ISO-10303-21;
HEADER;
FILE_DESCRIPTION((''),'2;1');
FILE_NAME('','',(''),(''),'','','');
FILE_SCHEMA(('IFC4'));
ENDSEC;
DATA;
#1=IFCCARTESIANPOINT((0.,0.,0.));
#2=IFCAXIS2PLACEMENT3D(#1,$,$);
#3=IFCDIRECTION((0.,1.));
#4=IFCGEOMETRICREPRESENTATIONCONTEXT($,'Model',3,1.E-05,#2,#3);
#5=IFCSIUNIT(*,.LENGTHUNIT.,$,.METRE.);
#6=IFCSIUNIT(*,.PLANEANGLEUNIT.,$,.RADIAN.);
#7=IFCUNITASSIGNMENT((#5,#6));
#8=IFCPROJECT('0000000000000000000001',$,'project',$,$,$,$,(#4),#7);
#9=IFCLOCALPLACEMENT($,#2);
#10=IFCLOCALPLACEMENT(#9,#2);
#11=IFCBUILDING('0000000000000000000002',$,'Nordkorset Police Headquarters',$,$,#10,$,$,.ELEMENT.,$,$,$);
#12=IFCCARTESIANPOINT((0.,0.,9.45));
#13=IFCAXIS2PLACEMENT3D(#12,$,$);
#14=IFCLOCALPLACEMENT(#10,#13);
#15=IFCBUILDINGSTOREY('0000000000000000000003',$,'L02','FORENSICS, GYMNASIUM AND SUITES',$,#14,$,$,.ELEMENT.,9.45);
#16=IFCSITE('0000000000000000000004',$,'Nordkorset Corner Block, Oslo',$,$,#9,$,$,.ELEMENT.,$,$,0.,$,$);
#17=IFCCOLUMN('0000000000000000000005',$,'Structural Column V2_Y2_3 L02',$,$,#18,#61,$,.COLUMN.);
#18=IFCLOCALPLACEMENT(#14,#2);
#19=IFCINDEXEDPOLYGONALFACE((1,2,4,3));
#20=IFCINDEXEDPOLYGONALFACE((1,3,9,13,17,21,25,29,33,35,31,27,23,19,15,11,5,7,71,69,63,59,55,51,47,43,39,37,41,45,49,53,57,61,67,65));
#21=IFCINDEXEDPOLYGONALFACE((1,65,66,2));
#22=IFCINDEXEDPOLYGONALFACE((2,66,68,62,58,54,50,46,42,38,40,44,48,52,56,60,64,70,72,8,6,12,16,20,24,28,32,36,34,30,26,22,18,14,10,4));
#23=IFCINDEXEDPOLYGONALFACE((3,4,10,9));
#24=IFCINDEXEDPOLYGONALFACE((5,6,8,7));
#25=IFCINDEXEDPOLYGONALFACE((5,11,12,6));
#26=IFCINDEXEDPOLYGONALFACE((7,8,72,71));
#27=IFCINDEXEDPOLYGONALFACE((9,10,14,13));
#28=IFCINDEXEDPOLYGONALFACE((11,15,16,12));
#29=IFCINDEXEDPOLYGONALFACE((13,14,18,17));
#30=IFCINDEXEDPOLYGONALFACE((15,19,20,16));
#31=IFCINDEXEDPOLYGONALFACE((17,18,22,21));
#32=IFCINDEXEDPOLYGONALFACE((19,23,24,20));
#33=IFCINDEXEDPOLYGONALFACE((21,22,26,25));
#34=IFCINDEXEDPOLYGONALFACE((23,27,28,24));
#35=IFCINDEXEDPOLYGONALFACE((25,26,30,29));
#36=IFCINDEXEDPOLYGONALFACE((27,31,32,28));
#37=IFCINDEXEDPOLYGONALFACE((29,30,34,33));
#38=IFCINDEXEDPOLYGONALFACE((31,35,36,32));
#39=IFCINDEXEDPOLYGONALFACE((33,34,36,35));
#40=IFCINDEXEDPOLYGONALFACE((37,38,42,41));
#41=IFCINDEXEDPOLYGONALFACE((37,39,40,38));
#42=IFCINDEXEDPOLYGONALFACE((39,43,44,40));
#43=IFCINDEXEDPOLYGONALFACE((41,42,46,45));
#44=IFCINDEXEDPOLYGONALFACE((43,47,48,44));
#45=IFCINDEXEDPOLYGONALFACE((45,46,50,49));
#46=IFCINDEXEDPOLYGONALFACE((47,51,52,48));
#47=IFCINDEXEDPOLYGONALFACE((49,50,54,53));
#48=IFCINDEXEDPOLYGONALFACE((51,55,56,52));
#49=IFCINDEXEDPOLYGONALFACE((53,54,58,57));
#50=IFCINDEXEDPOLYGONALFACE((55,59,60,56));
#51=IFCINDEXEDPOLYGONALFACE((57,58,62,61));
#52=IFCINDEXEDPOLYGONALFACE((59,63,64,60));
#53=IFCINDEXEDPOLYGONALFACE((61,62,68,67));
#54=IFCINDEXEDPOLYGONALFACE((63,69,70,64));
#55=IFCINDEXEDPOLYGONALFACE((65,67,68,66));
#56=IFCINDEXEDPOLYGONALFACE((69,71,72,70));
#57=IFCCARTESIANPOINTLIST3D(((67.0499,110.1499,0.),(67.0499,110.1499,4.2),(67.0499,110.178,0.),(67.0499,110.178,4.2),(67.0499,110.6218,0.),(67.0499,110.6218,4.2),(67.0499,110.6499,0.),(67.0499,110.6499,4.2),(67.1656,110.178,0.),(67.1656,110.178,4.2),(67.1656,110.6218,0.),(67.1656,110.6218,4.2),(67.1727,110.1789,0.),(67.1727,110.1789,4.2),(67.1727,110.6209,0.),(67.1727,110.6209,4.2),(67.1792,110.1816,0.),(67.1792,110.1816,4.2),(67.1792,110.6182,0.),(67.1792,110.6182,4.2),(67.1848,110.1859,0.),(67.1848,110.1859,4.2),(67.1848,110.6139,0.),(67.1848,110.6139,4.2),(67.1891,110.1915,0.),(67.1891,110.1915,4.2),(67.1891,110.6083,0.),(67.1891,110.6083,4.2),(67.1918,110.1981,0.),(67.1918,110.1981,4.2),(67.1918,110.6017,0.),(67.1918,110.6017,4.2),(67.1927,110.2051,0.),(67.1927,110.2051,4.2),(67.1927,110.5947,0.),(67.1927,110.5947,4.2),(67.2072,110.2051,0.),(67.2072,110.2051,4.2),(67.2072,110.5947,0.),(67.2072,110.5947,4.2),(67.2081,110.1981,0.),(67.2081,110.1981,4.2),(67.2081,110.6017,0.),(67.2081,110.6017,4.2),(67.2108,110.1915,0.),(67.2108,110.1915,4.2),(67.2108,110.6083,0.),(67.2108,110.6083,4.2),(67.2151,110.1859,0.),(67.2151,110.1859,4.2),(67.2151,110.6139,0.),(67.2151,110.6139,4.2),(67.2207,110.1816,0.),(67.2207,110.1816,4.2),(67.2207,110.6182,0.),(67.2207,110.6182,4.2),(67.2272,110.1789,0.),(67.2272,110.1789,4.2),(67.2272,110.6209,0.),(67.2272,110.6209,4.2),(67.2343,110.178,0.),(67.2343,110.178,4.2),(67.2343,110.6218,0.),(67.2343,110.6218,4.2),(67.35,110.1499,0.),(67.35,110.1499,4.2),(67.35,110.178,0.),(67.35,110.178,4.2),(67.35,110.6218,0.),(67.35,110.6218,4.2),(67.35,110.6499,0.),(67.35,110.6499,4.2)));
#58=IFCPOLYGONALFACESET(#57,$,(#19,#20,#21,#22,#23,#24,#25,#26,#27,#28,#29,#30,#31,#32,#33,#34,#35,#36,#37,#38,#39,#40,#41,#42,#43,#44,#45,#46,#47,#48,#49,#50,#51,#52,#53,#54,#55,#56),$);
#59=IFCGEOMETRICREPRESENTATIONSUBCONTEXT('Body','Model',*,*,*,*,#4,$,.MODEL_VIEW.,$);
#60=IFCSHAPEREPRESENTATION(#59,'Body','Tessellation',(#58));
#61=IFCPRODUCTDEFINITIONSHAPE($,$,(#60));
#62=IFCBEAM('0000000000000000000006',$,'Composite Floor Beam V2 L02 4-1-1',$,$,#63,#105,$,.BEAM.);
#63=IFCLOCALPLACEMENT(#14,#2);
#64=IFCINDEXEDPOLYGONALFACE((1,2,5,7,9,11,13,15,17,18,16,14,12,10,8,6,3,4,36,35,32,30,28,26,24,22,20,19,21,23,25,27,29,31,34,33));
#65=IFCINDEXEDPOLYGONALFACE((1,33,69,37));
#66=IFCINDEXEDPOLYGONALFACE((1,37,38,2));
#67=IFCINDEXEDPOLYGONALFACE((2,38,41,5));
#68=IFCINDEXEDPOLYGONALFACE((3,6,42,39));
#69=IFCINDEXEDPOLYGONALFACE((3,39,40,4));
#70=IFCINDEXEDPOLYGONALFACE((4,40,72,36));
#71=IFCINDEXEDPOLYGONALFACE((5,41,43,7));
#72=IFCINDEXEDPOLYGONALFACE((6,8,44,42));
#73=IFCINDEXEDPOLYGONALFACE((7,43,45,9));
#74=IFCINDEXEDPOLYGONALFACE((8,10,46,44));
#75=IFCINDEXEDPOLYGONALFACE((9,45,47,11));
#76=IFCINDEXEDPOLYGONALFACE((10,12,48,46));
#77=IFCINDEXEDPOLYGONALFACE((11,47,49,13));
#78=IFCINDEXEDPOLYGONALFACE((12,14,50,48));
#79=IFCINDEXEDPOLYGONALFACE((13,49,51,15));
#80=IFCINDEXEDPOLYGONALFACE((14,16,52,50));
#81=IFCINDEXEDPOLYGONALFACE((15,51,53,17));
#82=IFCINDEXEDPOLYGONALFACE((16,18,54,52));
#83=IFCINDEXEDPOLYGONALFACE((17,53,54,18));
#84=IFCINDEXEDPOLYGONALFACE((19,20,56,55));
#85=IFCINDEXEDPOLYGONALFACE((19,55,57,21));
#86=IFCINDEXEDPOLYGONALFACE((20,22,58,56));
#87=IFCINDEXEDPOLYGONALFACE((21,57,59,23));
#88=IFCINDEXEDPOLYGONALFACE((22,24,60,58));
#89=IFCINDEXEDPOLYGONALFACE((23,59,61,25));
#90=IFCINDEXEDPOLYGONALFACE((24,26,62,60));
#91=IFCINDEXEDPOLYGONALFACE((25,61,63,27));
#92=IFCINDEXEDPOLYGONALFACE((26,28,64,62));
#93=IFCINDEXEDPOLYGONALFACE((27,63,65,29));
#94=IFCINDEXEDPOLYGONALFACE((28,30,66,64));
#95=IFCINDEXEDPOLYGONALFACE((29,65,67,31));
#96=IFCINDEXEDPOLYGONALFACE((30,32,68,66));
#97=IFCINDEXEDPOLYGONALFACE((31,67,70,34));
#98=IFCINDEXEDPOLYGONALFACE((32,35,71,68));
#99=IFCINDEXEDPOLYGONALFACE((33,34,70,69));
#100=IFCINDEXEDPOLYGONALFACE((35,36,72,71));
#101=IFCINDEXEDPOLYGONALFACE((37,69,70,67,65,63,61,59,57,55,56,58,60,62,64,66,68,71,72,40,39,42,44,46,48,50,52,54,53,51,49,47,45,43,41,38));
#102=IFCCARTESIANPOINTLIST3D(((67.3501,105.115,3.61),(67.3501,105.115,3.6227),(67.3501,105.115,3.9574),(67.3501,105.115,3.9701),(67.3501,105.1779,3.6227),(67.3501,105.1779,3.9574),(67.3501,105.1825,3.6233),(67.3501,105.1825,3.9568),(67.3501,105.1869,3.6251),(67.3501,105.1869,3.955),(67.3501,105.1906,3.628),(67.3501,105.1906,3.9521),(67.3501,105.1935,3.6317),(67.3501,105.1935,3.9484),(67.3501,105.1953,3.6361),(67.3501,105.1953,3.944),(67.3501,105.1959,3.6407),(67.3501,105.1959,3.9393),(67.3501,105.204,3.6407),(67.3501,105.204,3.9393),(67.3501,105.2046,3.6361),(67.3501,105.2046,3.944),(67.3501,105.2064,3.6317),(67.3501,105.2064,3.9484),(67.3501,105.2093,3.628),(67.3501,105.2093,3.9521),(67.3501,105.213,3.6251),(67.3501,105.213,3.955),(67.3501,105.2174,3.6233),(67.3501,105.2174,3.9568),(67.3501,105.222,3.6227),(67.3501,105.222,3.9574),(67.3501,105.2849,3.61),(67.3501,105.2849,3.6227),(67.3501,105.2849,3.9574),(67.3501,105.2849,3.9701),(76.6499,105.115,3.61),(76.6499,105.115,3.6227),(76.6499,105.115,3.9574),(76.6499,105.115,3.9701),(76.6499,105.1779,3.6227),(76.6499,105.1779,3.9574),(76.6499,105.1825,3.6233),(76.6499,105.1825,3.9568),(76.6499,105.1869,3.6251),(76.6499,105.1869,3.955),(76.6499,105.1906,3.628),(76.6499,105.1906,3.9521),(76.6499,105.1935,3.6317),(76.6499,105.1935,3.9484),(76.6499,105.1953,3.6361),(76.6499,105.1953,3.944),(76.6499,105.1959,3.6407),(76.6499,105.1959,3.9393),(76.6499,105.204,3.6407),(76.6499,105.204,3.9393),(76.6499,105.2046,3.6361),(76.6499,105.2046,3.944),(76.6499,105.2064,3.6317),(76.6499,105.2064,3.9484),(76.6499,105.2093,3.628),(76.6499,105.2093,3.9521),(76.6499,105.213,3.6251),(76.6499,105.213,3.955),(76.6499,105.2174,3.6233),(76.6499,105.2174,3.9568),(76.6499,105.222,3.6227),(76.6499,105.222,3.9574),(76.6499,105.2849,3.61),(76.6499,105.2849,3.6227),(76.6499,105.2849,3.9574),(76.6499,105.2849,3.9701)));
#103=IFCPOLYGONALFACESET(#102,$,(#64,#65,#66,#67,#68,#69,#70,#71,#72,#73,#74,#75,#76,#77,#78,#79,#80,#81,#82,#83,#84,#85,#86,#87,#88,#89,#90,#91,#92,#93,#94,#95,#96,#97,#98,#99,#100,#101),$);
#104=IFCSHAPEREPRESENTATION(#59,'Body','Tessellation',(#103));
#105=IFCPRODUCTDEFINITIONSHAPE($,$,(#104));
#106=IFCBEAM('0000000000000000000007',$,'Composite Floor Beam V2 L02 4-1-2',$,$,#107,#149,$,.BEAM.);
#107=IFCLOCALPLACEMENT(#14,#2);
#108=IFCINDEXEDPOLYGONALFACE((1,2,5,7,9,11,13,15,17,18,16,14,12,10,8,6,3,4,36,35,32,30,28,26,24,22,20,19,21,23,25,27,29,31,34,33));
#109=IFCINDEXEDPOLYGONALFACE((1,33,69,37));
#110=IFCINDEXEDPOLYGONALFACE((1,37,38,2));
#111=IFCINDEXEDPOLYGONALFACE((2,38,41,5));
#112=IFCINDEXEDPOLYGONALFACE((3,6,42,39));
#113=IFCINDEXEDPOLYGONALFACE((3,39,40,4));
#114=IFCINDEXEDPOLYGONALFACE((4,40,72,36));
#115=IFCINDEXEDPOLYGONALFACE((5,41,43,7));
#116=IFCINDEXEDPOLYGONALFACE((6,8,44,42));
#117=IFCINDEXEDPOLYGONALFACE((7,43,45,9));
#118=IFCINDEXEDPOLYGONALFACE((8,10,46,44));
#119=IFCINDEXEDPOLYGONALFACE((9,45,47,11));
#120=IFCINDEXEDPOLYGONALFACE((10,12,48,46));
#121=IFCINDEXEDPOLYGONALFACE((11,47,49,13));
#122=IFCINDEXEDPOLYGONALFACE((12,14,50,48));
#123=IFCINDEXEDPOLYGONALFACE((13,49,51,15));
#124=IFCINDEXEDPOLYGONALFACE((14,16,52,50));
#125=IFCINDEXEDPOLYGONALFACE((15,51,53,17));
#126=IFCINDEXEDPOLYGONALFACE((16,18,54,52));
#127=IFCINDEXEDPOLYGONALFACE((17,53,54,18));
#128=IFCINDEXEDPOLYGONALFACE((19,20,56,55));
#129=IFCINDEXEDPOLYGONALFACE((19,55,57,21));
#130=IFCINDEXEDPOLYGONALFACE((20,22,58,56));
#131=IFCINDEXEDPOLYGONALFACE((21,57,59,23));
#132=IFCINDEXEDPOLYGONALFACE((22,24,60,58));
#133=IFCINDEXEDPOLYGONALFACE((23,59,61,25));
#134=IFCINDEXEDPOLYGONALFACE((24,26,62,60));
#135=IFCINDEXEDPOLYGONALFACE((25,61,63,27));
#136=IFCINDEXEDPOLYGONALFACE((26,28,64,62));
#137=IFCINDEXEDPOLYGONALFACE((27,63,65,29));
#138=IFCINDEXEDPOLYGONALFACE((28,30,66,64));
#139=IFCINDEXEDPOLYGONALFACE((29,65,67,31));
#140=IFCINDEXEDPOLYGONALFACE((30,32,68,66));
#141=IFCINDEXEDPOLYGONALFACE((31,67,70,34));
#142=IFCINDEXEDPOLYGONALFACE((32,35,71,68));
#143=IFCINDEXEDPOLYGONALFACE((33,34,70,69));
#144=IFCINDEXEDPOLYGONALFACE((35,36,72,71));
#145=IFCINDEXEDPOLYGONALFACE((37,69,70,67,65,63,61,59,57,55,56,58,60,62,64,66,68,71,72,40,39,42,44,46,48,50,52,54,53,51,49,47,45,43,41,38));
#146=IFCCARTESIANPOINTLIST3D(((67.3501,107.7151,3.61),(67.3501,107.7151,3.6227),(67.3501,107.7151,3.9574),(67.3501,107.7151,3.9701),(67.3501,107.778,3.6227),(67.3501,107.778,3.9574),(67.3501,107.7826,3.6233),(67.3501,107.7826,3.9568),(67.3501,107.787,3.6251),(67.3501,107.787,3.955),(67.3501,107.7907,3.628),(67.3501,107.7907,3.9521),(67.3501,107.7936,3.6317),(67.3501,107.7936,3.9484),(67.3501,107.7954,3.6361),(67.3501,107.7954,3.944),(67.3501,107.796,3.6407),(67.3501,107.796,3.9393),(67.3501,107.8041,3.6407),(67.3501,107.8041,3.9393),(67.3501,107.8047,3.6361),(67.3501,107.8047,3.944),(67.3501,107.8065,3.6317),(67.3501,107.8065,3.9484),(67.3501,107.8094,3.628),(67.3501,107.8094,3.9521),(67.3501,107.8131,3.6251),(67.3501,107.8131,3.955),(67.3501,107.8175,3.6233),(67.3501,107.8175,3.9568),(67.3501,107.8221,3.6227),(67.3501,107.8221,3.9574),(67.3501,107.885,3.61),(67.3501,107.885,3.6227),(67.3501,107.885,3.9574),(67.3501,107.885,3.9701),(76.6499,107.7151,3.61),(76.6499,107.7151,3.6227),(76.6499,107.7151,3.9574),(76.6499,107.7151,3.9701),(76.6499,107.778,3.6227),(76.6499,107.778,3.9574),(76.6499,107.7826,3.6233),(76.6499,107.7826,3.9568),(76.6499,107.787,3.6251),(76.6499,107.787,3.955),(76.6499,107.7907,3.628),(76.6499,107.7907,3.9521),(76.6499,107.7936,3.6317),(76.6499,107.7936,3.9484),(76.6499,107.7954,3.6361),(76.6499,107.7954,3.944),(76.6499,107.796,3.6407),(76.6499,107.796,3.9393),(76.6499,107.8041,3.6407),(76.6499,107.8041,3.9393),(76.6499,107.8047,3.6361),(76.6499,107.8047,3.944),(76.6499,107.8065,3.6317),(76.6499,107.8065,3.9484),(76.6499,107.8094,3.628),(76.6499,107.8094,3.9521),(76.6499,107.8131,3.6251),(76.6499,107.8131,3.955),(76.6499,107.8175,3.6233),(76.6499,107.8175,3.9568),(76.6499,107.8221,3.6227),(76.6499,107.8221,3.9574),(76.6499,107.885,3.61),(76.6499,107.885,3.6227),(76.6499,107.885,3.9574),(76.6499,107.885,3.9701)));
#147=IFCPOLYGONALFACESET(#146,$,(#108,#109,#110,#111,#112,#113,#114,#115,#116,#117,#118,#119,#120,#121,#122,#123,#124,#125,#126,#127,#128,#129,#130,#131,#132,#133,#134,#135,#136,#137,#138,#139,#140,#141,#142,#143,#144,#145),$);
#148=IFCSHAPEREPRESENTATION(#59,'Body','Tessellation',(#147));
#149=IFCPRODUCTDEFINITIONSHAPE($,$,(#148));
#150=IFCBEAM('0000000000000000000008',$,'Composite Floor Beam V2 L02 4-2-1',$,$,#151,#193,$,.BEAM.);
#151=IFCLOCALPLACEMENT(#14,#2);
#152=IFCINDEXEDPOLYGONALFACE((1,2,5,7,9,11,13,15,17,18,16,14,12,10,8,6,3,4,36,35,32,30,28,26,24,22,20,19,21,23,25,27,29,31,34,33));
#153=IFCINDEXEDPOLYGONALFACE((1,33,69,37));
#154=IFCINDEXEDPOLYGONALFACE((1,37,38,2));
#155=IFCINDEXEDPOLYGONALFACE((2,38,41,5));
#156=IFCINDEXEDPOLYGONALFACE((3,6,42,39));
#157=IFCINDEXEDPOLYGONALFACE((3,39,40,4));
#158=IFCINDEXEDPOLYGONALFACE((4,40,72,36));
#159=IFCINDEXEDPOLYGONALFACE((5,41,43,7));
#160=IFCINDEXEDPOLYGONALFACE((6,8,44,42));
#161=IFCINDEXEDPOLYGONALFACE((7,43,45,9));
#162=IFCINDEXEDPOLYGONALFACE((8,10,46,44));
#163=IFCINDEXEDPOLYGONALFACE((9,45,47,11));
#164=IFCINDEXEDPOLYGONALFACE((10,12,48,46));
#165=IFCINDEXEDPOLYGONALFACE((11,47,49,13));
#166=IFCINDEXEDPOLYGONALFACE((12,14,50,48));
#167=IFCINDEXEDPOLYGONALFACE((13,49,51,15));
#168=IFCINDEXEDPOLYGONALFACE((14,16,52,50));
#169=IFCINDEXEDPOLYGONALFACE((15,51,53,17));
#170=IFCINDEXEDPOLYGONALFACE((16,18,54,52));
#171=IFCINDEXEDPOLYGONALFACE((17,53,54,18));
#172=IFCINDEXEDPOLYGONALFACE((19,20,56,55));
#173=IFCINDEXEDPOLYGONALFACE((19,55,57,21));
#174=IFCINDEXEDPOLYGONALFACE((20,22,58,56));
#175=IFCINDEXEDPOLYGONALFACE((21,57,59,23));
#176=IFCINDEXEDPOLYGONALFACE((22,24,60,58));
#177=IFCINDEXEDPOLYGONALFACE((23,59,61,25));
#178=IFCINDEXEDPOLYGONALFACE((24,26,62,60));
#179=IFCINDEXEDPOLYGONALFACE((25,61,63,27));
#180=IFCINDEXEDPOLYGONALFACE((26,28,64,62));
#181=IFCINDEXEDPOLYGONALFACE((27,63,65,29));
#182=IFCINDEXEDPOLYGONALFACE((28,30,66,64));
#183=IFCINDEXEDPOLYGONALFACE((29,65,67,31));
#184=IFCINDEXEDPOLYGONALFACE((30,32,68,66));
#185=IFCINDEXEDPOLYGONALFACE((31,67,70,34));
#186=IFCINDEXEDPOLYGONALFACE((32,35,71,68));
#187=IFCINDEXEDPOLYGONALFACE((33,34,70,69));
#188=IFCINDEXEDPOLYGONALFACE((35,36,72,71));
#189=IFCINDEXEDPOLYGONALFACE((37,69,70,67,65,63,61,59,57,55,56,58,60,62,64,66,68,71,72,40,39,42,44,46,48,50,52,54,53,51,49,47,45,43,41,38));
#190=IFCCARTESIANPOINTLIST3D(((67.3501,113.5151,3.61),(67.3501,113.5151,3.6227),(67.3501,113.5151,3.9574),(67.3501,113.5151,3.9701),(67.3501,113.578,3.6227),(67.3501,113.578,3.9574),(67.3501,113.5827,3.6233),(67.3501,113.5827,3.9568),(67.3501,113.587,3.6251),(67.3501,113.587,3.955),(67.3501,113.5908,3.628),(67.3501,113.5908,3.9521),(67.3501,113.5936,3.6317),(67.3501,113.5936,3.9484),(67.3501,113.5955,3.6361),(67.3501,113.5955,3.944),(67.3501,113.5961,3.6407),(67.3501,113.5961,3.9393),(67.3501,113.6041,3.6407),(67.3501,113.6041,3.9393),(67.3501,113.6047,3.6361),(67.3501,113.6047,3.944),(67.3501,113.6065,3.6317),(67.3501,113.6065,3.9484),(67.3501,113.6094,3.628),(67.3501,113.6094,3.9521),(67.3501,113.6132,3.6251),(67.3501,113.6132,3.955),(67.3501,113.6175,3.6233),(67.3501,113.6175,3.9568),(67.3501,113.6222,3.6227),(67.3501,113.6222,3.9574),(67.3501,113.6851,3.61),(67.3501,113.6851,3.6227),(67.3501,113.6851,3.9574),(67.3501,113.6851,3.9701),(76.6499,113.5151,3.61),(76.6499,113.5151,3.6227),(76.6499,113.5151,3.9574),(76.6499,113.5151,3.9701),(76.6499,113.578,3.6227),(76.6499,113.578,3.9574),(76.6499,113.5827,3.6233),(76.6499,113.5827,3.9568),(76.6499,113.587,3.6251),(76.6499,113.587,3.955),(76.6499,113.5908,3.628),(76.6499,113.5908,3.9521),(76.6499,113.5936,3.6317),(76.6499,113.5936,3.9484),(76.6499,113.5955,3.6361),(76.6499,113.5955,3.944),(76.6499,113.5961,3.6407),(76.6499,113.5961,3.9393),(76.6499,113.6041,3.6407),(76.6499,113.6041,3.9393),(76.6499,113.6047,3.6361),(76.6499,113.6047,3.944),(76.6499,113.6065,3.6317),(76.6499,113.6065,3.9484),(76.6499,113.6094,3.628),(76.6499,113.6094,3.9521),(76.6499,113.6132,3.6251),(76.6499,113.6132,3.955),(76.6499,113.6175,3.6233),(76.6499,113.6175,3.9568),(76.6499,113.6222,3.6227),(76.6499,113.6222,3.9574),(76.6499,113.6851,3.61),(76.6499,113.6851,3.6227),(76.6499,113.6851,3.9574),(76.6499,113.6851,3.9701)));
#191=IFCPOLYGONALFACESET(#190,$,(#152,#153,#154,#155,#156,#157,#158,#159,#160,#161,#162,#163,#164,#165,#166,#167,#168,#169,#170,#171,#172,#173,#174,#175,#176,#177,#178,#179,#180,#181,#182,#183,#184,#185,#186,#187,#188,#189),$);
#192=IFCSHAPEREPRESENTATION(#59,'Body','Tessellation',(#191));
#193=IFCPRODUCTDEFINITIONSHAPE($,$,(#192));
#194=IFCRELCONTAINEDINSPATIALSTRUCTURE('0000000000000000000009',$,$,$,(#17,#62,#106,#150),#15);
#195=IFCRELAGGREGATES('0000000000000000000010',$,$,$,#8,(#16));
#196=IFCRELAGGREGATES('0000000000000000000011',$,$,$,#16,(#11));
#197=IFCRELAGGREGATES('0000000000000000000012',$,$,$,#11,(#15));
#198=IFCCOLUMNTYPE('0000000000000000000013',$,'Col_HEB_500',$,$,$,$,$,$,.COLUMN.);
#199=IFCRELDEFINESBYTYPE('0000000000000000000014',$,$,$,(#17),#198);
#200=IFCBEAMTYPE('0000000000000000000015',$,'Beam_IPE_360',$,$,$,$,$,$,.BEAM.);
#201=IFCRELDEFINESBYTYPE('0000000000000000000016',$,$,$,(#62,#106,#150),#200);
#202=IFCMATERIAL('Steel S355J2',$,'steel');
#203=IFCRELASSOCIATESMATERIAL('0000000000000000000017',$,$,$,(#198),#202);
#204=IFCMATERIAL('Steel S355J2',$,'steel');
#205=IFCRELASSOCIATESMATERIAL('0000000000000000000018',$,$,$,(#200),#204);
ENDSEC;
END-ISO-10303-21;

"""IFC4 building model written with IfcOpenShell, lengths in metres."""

from ifc_helpers import new_model, si_unit, direction, frame, origin, origin_2d, place, context, subcontext, project, spatial, i_section, extrude, material, material_profile, profile_set, type_object, element, save


model = new_model("IFC4")

# Units and contexts
model_context = context("Model", 3, precision=1e-05, world=origin(), true_north=direction((0.0, 1.0)))
body_context = subcontext(model_context, "Body", "Model", "MODEL_VIEW")
ifc_project = project(units=[si_unit("LENGTHUNIT", "METRE"), si_unit("PLANEANGLEUNIT", "RADIAN")], contexts=[model_context])

# Site, building, storey
site_placement = place(None, origin())
site = spatial("IfcSite", under=ifc_project, at=site_placement, Name="Nordkorset Corner Block, Oslo", CompositionType="ELEMENT", RefElevation=0.0)
building_placement = place(site_placement, origin())
building = spatial("IfcBuilding", under=site, at=building_placement, Name="Nordkorset Police Headquarters", CompositionType="ELEMENT")
storey_placement = place(building_placement, frame((0.0, 0.0, 9.45)))
storey = spatial("IfcBuildingStorey", under=building, at=storey_placement, Name="L02", Description="FORENSICS, GYMNASIUM AND SUITES", CompositionType="ELEMENT", Elevation=9.45)

# Column
ifc_material_1 = material(Name="Steel S355J2", Category="steel")
ifc_material_profile_1 = material_profile(ifc_material_1, i_section(OverallWidth=0.3, OverallDepth=0.5, WebThickness=0.0144, FlangeThickness=0.0281, FilletRadius=0.0271, at=origin_2d()), Name="HEB 500")
ifc_profile_set_1 = profile_set([ifc_material_profile_1], Name="Steel S355J2")
column_type = type_object("IfcColumnType", Name="Col_HEB_500", PredefinedType="COLUMN", material=ifc_profile_set_1)
column_placement = place(storey_placement, frame((67.2, 110.3999, 0.0), z_axis=(0.0, 0.0, 1.0), x_axis=(1.0, 0.0, 0.0)))
element("IfcColumn", 1, at=column_placement, inside=storey, type_object=column_type, Name="Structural Column V2_Y2_3 L02", PredefinedType="COLUMN", context=body_context, shape_type="SweptSolid", body=[
    extrude(i_section(OverallWidth=0.3, OverallDepth=0.5, WebThickness=0.0144, FlangeThickness=0.0281, FilletRadius=0.0271, at=origin_2d()), origin(), (0.0, 0.0, 1.0), 4.2),
])

# Beams
ifc_material_2 = material(Name="Steel S355J2", Category="steel")
ifc_material_profile_2 = material_profile(ifc_material_2, i_section(OverallWidth=0.1699, OverallDepth=0.3601, WebThickness=0.0081, FlangeThickness=0.0127, FilletRadius=0.0181, at=origin_2d()), Name="IPE 360")
ifc_profile_set_2 = profile_set([ifc_material_profile_2], Name="Steel S355J2")
beam_type_1 = type_object("IfcBeamType", Name="Beam_IPE_360", PredefinedType="BEAM", material=ifc_profile_set_2)
for number, where, z_axis, x_axis, name in (
    (2, (67.3501, 105.2, 3.79), (1.0, 0.0, 0.0), (0.0, 1.0, 0.0), "Composite Floor Beam V2 L02 4-1-1"),
    (3, (67.3501, 107.8, 3.79), (1.0, 0.0, 0.0), (0.0, 1.0, 0.0), "Composite Floor Beam V2 L02 4-1-2"),
    (4, (67.3501, 113.6001, 3.79), (1.0, 0.0, 0.0), (0.0, 1.0, 0.0), "Composite Floor Beam V2 L02 4-2-1"),
):
    element("IfcBeam", number, at=place(storey_placement, frame(where, z_axis=z_axis, x_axis=x_axis)), inside=storey, type_object=beam_type_1, Name=name, PredefinedType="BEAM", context=body_context, shape_type="SweptSolid", body=[
        extrude(i_section(OverallWidth=0.1699, OverallDepth=0.3601, WebThickness=0.0081, FlangeThickness=0.0127, FilletRadius=0.0181, at=origin_2d()), origin(), (0.0, 0.0, 1.0), 9.2998),
    ])

save(model, "model.ifc")
